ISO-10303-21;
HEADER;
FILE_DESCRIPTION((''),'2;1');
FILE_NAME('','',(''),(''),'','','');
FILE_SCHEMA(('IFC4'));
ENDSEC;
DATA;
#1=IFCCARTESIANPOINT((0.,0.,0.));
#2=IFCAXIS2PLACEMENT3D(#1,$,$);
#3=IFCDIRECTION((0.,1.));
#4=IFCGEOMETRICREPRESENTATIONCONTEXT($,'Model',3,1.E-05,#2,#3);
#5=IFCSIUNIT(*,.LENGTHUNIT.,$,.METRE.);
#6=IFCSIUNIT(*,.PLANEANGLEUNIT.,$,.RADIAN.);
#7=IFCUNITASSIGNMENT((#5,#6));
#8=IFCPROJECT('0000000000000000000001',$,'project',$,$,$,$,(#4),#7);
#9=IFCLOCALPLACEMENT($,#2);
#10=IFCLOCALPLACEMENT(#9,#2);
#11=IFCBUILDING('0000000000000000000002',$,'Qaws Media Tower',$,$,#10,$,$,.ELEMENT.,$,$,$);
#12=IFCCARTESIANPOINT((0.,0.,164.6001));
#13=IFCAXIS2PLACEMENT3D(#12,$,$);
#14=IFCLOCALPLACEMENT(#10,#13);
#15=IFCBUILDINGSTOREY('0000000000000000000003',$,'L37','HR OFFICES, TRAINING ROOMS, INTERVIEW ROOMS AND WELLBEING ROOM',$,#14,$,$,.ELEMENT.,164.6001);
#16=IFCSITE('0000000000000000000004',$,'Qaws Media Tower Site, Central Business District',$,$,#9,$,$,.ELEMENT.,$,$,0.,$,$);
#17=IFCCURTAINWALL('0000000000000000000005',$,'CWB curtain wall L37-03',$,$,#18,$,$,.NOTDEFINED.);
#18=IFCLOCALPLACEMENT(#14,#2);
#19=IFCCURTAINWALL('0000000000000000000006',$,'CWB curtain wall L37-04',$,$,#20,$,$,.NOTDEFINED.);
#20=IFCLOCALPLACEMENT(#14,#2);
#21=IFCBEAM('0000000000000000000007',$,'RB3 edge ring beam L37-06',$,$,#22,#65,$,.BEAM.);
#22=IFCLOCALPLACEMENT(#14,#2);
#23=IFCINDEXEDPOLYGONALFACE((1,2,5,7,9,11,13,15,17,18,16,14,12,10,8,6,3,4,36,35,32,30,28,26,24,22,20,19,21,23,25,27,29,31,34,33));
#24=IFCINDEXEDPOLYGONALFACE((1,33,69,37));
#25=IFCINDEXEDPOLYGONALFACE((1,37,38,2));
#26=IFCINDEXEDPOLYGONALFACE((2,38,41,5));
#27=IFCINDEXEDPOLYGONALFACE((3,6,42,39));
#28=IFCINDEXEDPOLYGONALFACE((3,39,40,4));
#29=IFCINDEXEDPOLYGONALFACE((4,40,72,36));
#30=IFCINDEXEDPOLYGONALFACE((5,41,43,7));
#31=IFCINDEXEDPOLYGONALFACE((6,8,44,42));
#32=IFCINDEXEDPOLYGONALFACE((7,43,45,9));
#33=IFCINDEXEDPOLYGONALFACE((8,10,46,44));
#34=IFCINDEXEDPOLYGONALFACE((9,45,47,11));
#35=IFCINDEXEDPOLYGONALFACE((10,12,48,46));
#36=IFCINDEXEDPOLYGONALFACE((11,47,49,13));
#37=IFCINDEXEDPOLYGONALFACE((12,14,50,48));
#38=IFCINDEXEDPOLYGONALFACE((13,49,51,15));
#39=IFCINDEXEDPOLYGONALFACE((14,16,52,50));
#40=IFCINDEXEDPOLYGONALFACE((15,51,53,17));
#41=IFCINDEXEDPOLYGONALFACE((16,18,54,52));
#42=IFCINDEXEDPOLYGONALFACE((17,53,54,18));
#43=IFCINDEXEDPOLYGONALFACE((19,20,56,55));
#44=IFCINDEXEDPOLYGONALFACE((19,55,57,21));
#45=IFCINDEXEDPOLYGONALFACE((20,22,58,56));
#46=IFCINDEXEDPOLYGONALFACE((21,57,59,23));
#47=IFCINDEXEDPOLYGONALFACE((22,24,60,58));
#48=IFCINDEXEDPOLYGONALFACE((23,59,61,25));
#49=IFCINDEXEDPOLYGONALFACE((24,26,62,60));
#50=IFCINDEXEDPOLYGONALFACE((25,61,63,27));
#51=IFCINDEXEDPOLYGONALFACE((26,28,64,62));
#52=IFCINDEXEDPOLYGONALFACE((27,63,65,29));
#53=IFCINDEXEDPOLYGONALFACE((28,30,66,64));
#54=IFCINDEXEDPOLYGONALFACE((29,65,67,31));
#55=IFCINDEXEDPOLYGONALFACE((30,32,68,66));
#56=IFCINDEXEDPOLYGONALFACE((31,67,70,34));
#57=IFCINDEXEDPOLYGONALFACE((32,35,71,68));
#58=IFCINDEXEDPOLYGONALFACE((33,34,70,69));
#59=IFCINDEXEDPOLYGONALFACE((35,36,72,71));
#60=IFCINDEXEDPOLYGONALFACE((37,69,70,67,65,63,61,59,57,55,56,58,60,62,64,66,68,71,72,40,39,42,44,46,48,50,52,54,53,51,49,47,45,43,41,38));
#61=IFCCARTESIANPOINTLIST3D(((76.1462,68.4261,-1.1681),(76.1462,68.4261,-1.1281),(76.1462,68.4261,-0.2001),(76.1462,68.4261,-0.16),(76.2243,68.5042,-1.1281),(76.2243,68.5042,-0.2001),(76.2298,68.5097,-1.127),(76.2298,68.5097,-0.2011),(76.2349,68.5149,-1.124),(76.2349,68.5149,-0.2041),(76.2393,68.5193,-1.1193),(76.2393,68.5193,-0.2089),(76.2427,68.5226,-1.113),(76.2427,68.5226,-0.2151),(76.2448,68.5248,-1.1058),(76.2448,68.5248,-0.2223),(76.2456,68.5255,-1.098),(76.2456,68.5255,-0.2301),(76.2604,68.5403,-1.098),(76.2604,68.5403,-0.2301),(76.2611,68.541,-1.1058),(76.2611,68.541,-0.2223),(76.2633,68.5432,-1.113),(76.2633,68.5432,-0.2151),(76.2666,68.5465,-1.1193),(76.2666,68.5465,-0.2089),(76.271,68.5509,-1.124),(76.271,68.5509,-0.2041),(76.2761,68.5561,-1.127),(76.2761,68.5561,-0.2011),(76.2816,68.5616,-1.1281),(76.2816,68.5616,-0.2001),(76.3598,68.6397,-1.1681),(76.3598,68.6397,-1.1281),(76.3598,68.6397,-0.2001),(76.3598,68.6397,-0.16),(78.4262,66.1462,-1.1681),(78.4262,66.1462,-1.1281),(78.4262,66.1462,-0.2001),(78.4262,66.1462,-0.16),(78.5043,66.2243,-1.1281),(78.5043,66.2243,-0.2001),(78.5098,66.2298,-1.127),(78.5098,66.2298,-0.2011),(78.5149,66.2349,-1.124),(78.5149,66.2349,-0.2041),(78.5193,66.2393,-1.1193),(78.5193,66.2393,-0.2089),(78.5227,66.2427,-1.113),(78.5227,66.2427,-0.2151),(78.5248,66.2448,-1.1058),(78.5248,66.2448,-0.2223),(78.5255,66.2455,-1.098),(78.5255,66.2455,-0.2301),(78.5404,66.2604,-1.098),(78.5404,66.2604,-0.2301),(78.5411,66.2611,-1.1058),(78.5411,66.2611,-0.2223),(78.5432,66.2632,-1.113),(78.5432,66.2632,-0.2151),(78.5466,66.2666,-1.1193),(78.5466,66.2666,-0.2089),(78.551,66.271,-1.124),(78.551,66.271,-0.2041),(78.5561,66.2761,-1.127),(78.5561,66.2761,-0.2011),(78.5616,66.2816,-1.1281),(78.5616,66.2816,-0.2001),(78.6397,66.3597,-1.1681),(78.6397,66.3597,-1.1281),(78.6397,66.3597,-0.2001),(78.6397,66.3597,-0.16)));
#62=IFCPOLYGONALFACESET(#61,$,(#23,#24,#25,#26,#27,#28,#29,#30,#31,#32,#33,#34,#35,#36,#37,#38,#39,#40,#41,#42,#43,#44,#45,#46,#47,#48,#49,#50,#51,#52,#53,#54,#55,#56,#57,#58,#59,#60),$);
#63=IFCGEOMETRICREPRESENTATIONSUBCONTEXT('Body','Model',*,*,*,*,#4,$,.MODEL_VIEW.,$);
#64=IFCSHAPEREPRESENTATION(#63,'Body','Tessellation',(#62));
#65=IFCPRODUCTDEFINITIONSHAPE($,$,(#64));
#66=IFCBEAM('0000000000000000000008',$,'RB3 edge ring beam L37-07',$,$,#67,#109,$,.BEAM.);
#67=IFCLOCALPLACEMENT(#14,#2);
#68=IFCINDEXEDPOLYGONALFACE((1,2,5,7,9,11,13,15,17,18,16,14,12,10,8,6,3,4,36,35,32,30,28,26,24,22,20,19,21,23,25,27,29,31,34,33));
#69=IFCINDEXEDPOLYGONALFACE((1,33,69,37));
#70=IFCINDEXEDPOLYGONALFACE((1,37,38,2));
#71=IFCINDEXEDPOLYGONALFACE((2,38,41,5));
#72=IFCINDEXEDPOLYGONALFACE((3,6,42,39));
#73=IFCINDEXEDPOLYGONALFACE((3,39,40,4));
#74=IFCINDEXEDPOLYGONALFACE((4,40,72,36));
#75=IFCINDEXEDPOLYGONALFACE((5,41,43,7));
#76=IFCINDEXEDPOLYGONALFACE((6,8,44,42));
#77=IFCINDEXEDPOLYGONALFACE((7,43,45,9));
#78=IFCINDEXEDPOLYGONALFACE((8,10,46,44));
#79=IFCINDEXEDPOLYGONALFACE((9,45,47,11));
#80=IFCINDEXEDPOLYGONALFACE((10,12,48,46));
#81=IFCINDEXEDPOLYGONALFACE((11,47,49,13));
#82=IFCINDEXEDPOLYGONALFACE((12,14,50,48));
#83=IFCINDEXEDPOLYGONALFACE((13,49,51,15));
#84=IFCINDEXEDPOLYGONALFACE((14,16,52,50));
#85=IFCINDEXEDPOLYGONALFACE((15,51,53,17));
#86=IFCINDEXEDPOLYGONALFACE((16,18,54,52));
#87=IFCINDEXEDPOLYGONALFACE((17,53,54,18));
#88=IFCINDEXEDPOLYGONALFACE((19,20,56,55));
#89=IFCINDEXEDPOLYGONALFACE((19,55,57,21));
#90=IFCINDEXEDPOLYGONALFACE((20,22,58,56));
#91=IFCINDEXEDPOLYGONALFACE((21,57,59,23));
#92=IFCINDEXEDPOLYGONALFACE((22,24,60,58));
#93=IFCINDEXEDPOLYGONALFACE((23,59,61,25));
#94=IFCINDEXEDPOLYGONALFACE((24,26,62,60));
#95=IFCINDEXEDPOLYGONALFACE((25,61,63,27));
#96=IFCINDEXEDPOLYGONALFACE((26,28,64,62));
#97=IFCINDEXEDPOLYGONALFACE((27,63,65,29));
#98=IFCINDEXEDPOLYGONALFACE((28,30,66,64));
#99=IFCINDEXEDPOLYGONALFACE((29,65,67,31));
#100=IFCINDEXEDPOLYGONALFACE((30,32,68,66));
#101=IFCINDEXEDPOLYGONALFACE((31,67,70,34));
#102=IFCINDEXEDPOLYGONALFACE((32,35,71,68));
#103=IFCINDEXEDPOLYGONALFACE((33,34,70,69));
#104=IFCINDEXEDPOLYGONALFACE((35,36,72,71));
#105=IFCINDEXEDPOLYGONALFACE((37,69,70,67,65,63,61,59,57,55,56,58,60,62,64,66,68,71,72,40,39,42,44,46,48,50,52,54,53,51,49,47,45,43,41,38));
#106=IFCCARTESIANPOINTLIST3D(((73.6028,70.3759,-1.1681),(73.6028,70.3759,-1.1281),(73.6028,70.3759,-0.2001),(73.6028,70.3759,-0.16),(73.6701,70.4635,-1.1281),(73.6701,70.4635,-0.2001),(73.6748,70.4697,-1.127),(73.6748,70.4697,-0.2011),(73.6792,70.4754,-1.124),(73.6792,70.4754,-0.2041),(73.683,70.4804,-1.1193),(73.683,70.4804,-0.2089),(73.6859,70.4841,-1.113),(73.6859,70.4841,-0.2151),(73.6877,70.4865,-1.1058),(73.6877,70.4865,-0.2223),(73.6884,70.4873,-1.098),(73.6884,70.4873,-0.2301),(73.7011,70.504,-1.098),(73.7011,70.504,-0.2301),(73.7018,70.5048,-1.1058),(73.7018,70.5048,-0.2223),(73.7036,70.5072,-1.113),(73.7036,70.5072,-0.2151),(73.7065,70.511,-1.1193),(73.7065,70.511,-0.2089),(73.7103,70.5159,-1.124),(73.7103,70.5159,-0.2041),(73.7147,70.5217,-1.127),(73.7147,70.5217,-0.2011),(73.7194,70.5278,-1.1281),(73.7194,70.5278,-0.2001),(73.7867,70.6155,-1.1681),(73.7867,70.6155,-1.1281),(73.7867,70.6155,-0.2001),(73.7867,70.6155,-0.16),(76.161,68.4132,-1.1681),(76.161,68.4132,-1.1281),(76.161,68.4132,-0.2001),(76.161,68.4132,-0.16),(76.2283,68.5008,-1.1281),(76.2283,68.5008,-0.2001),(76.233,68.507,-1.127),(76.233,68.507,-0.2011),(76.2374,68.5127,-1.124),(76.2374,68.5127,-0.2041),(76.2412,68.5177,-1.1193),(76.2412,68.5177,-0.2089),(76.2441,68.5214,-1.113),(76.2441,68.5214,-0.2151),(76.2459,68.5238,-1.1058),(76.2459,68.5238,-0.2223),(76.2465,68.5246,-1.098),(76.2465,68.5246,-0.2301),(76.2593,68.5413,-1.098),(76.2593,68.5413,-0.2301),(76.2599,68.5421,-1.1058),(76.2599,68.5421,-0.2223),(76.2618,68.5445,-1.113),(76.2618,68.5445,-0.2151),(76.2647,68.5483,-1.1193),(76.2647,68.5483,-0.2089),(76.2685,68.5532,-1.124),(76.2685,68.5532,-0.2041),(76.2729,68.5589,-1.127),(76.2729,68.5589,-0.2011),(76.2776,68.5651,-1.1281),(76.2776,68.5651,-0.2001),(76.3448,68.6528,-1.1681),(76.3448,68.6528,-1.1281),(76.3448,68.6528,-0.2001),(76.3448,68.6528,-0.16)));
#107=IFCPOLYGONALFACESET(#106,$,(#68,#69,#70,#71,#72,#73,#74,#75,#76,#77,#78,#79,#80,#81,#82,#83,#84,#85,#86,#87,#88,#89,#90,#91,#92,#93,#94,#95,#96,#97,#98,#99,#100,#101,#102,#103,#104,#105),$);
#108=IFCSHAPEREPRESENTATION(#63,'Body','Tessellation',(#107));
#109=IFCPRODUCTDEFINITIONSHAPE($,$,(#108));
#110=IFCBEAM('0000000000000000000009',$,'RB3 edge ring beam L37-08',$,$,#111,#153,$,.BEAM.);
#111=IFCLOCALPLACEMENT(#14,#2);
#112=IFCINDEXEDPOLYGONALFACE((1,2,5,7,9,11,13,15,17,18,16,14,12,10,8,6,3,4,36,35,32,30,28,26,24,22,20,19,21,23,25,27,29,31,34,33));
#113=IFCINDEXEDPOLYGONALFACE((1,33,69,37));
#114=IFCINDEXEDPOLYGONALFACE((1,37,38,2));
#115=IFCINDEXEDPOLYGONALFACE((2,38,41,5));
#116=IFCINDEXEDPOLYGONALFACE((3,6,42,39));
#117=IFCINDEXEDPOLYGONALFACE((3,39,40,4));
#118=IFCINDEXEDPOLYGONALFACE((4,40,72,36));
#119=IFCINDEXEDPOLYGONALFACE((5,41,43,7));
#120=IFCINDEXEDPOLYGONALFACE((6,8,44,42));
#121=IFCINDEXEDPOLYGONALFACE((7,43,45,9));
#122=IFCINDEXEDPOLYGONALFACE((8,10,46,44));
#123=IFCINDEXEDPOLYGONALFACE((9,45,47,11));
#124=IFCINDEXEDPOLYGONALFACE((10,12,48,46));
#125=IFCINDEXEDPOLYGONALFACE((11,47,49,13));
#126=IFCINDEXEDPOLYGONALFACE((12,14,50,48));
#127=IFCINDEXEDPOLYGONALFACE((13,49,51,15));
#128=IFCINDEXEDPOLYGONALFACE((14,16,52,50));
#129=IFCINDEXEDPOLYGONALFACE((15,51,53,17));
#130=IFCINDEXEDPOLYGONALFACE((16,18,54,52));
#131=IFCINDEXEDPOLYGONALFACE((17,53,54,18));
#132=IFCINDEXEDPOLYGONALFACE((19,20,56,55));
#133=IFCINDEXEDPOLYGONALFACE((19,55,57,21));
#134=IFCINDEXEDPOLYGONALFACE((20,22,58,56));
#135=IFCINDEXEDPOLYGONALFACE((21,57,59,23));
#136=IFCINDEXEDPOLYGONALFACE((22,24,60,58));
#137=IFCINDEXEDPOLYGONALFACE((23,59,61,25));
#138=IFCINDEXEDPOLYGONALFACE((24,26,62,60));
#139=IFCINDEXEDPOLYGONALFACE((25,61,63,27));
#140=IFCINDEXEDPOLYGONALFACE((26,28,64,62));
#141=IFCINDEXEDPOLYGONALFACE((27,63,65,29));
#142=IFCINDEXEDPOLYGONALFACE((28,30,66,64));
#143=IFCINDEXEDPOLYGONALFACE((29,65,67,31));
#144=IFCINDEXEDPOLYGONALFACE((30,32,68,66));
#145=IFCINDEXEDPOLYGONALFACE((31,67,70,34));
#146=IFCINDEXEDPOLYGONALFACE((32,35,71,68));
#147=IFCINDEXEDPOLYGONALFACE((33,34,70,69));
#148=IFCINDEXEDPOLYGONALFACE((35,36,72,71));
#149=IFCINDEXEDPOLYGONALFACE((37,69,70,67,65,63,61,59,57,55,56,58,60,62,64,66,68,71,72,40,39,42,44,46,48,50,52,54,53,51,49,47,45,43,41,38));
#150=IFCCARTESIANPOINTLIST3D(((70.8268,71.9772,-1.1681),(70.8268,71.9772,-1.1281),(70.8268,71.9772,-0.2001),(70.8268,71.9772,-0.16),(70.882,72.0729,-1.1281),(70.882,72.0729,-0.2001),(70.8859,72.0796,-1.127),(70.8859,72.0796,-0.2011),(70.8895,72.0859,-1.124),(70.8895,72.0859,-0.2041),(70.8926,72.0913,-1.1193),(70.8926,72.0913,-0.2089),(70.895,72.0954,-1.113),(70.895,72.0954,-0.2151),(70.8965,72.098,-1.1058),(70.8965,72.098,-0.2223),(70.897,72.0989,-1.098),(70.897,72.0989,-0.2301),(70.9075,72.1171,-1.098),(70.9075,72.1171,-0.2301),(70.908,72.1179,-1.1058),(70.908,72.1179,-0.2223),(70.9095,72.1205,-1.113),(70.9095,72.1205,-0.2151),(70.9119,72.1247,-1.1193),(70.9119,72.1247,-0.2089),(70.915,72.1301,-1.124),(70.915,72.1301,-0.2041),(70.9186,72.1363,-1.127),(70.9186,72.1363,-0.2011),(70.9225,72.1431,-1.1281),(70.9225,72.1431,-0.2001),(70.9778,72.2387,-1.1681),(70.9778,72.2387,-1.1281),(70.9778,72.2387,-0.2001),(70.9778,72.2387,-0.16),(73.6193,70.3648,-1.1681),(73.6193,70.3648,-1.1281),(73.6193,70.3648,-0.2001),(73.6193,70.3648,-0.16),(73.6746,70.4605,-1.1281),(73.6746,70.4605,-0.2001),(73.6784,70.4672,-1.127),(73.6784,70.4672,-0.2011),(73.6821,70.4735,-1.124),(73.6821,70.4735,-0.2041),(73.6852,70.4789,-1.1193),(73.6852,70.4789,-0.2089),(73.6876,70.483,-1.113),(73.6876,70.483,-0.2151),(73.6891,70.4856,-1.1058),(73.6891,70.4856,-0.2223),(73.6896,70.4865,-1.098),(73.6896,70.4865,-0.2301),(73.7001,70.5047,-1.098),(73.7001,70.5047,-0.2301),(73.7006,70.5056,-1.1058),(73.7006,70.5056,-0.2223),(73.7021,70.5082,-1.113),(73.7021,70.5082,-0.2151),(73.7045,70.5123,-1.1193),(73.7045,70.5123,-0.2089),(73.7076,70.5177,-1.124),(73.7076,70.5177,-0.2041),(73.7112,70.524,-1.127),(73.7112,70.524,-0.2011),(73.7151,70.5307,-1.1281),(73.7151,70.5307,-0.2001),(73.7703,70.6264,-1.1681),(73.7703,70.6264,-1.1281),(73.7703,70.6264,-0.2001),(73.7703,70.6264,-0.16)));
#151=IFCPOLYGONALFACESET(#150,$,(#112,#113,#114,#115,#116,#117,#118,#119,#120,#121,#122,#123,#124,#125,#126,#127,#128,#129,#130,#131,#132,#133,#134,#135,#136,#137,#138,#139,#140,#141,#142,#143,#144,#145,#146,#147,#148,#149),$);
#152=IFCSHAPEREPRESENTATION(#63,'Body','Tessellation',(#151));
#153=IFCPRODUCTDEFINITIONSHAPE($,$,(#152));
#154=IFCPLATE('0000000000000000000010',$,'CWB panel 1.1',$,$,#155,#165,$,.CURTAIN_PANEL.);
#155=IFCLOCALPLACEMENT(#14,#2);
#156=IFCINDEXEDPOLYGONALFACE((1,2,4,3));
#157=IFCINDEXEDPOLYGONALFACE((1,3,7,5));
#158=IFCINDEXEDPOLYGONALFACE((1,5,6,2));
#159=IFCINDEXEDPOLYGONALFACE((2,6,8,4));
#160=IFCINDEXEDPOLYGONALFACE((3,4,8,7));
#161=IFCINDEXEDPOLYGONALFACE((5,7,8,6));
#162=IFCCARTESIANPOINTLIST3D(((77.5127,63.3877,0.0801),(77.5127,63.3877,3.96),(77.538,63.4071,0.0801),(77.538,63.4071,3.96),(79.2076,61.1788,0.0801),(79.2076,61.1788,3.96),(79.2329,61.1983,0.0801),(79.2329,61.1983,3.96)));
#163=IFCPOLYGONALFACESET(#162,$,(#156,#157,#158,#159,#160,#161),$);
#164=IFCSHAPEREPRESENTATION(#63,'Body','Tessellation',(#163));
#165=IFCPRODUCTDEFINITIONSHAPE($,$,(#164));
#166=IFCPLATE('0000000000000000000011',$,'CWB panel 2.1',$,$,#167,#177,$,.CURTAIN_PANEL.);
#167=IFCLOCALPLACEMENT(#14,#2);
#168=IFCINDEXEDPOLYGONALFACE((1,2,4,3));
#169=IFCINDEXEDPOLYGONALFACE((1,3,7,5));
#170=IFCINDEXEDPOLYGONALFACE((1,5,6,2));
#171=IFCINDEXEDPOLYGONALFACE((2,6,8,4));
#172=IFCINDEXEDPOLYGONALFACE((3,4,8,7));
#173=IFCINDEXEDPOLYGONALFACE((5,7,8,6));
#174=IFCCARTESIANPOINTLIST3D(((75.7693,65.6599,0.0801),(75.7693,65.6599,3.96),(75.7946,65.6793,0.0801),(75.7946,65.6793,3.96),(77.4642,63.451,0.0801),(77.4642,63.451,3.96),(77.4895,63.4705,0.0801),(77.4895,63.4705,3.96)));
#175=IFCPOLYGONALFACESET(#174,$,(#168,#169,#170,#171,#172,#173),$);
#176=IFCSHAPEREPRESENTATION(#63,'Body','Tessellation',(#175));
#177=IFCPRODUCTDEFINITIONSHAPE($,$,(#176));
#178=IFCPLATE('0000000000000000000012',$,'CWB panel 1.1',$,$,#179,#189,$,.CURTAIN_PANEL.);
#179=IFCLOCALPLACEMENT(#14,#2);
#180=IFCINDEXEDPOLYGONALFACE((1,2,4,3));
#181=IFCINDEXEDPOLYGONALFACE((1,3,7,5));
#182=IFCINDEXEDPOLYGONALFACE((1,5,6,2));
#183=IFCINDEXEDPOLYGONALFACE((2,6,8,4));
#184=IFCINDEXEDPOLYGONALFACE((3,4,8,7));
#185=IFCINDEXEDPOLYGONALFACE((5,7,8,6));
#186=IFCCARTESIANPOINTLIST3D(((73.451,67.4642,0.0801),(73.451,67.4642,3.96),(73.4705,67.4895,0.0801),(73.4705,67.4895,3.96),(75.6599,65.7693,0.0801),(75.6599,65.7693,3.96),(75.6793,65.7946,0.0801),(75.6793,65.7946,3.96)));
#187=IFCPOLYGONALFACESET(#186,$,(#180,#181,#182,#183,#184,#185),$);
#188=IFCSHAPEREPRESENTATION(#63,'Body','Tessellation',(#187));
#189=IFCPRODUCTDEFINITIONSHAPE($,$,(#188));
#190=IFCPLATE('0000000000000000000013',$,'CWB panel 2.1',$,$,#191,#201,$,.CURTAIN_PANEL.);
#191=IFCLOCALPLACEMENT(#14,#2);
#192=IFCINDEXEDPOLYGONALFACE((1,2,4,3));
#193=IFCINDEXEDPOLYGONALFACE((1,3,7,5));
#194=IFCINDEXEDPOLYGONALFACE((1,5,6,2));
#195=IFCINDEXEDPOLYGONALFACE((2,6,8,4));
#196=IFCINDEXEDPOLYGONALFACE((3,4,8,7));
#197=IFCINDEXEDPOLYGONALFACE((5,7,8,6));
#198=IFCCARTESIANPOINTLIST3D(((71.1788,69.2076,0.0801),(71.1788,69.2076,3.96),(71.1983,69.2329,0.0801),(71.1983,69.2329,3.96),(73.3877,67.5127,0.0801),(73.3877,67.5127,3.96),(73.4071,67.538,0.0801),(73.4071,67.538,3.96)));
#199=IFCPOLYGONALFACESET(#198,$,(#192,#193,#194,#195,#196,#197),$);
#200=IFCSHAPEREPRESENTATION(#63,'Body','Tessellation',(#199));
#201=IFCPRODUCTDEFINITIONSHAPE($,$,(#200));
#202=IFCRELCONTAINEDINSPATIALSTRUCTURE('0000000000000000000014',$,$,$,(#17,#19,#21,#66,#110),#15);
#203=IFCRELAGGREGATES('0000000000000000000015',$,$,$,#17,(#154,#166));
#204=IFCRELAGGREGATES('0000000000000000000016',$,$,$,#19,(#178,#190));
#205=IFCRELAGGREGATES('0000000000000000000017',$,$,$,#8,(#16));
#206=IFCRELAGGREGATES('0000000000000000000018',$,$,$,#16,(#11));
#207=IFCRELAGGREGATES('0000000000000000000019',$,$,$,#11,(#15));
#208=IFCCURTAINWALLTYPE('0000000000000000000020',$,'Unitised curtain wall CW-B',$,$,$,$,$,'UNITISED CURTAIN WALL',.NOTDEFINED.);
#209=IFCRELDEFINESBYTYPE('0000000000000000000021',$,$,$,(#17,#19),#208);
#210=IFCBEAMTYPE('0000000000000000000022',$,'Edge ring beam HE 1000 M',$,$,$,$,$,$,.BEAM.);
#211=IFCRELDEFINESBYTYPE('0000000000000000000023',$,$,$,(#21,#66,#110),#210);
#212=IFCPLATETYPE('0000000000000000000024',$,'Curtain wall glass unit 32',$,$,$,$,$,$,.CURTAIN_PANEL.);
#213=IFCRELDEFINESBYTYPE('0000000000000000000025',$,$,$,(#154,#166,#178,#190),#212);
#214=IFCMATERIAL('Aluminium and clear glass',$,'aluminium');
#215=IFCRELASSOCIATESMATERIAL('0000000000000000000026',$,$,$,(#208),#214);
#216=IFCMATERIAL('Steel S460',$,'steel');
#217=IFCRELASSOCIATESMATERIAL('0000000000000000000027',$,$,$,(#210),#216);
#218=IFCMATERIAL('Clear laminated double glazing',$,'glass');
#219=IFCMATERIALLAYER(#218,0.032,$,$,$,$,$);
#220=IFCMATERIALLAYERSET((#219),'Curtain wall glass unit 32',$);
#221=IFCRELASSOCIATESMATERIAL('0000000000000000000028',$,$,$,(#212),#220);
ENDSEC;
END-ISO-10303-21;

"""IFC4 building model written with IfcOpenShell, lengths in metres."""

from ifc_helpers import new_model, si_unit, direction, frame, origin, origin_2d, place, context, subcontext, project, spatial, rectangle, i_section, extrude, material, layer, layer_set, material_profile, profile_set, type_object, element, aggregate, save


model = new_model("IFC4")

# Units and contexts
model_context = context("Model", 3, precision=1e-05, world=origin(), true_north=direction((0.0, 1.0)))
body_context = subcontext(model_context, "Body", "Model", "MODEL_VIEW")
ifc_project = project(units=[si_unit("LENGTHUNIT", "METRE"), si_unit("PLANEANGLEUNIT", "RADIAN")], contexts=[model_context])

# Site, building, storey
site_placement = place(None, origin())
site = spatial("IfcSite", under=ifc_project, at=site_placement, Name="Qaws Media Tower Site, Central Business District", CompositionType="ELEMENT", RefElevation=0.0)
building_placement = place(site_placement, origin())
building = spatial("IfcBuilding", under=site, at=building_placement, Name="Qaws Media Tower", CompositionType="ELEMENT")
storey_placement = place(building_placement, frame((0.0, 0.0, 164.6001)))
storey = spatial("IfcBuildingStorey", under=building, at=storey_placement, Name="L37", Description="HR OFFICES, TRAINING ROOMS, INTERVIEW ROOMS AND WELLBEING ROOM", CompositionType="ELEMENT", Elevation=164.6001)

# Shared definitions
ifc_material_1 = material(Name="Aluminium and clear glass", Category="aluminium")
curtain_wall_type = type_object("IfcCurtainWallType", Name="Unitised curtain wall CW-B", ElementType="UNITISED CURTAIN WALL", PredefinedType="NOTDEFINED", material=ifc_material_1)

# Curtain walls
curtain_wall_1_placement = place(storey_placement, origin())
curtain_wall_1 = element("IfcCurtainWall", 1, at=curtain_wall_1_placement, inside=storey, type_object=curtain_wall_type, Name="CWB curtain wall L37-03", PredefinedType="NOTDEFINED")
curtain_wall_2_placement = place(storey_placement, origin())
curtain_wall_2 = element("IfcCurtainWall", 2, at=curtain_wall_2_placement, inside=storey, type_object=curtain_wall_type, Name="CWB curtain wall L37-04", PredefinedType="NOTDEFINED")

# Beams
ifc_material_2 = material(Name="Steel S460", Category="steel")
ifc_material_profile_1 = material_profile(ifc_material_2, i_section(OverallWidth=0.302, OverallDepth=1.0081, WebThickness=0.021, FlangeThickness=0.04, FilletRadius=0.03, at=origin_2d()), Name="HE 1000 M")
ifc_profile_set_1 = profile_set([ifc_material_profile_1], Name="Steel S460")
beam_type = type_object("IfcBeamType", Name="Edge ring beam HE 1000 M", PredefinedType="BEAM", material=ifc_profile_set_1)
for number, where, z_axis, x_axis, name in (
    (3, (78.533, 66.2529, -0.6641), (-0.707107, 0.707107, 0.0), (-0.707107, -0.707107, 0.0), "RB3 edge ring beam L37-06"),
    (4, (76.2529, 68.533, -0.6641), (-0.793392, 0.608711, 0.0), (-0.608711, -0.793392, 0.0), "RB3 edge ring beam L37-07"),
):
    element("IfcBeam", number, at=place(storey_placement, frame(where, z_axis=z_axis, x_axis=x_axis)), inside=storey, type_object=beam_type, Name=name, PredefinedType="BEAM", context=body_context, shape_type="SweptSolid", body=[
        extrude(i_section(OverallWidth=0.302, OverallDepth=1.0081, WebThickness=0.021, FlangeThickness=0.04, FilletRadius=0.03, at=origin_2d()), origin(), (0.0, 0.0, 1.0), 3.2244),
    ])
beam_1_placement = place(storey_placement, frame((73.6948, 70.4956, -0.6641), z_axis=(-0.866017, 0.500015, 0.0), x_axis=(-0.500015, -0.866017, 0.0)))
element("IfcBeam", 5, at=beam_1_placement, inside=storey, type_object=beam_type, Name="RB3 edge ring beam L37-08", PredefinedType="BEAM", context=body_context, shape_type="SweptSolid", body=[
    extrude(i_section(OverallWidth=0.302, OverallDepth=1.0081, WebThickness=0.021, FlangeThickness=0.04, FilletRadius=0.03, at=origin_2d()), origin(), (0.0, 0.0, 1.0), 3.2246),
])

# Plates
ifc_material_3 = material(Name="Clear laminated double glazing", Category="glass")
ifc_layer_1 = layer(ifc_material_3, 0.032)
ifc_layer_set_1 = layer_set([ifc_layer_1], Name="Curtain wall glass unit 32")
plate_type_1 = type_object("IfcPlateType", Name="Curtain wall glass unit 32", PredefinedType="CURTAIN_PANEL", material=ifc_layer_set_1)
plate_1_placement = place(storey_placement, frame((78.3728, 62.293, 0.0801), z_axis=(0.0, 0.0, 1.0), x_axis=(-0.608761, 0.793353, 0.0)))
plate_1 = element("IfcPlate", 6, at=plate_1_placement, type_object=plate_type_1, Name="CWB panel 1.1", PredefinedType="CURTAIN_PANEL", context=body_context, shape_type="SweptSolid", body=[
    extrude(rectangle(XDim=2.7842, YDim=0.032, at=origin_2d()), origin(), (0.0, 0.0, 1.0), 3.8799),
])
plate_2_placement = place(storey_placement, frame((76.6294, 64.5652, 0.0801), z_axis=(0.0, 0.0, 1.0), x_axis=(-0.608761, 0.793353, 0.0)))
plate_2 = element("IfcPlate", 7, at=plate_2_placement, type_object=plate_type_1, Name="CWB panel 2.1", PredefinedType="CURTAIN_PANEL", context=body_context, shape_type="SweptSolid", body=[
    extrude(rectangle(XDim=2.7842, YDim=0.032, at=origin_2d()), origin(), (0.0, 0.0, 1.0), 3.8799),
])
aggregate(curtain_wall_1, [plate_1, plate_2])
plate_3_placement = place(storey_placement, frame((74.5652, 66.6294, 0.0801), z_axis=(0.0, 0.0, 1.0), x_axis=(-0.793353, 0.608761, 0.0)))
plate_3 = element("IfcPlate", 8, at=plate_3_placement, type_object=plate_type_1, Name="CWB panel 1.1", PredefinedType="CURTAIN_PANEL", context=body_context, shape_type="SweptSolid", body=[
    extrude(rectangle(XDim=2.7842, YDim=0.032, at=origin_2d()), origin(), (0.0, 0.0, 1.0), 3.8799),
])
plate_4_placement = place(storey_placement, frame((72.293, 68.3728, 0.0801), z_axis=(0.0, 0.0, 1.0), x_axis=(-0.793353, 0.608761, 0.0)))
plate_4 = element("IfcPlate", 9, at=plate_4_placement, type_object=plate_type_1, Name="CWB panel 2.1", PredefinedType="CURTAIN_PANEL", context=body_context, shape_type="SweptSolid", body=[
    extrude(rectangle(XDim=2.7842, YDim=0.032, at=origin_2d()), origin(), (0.0, 0.0, 1.0), 3.8799),
])
aggregate(curtain_wall_2, [plate_3, plate_4])

save(model, "model.ifc")
